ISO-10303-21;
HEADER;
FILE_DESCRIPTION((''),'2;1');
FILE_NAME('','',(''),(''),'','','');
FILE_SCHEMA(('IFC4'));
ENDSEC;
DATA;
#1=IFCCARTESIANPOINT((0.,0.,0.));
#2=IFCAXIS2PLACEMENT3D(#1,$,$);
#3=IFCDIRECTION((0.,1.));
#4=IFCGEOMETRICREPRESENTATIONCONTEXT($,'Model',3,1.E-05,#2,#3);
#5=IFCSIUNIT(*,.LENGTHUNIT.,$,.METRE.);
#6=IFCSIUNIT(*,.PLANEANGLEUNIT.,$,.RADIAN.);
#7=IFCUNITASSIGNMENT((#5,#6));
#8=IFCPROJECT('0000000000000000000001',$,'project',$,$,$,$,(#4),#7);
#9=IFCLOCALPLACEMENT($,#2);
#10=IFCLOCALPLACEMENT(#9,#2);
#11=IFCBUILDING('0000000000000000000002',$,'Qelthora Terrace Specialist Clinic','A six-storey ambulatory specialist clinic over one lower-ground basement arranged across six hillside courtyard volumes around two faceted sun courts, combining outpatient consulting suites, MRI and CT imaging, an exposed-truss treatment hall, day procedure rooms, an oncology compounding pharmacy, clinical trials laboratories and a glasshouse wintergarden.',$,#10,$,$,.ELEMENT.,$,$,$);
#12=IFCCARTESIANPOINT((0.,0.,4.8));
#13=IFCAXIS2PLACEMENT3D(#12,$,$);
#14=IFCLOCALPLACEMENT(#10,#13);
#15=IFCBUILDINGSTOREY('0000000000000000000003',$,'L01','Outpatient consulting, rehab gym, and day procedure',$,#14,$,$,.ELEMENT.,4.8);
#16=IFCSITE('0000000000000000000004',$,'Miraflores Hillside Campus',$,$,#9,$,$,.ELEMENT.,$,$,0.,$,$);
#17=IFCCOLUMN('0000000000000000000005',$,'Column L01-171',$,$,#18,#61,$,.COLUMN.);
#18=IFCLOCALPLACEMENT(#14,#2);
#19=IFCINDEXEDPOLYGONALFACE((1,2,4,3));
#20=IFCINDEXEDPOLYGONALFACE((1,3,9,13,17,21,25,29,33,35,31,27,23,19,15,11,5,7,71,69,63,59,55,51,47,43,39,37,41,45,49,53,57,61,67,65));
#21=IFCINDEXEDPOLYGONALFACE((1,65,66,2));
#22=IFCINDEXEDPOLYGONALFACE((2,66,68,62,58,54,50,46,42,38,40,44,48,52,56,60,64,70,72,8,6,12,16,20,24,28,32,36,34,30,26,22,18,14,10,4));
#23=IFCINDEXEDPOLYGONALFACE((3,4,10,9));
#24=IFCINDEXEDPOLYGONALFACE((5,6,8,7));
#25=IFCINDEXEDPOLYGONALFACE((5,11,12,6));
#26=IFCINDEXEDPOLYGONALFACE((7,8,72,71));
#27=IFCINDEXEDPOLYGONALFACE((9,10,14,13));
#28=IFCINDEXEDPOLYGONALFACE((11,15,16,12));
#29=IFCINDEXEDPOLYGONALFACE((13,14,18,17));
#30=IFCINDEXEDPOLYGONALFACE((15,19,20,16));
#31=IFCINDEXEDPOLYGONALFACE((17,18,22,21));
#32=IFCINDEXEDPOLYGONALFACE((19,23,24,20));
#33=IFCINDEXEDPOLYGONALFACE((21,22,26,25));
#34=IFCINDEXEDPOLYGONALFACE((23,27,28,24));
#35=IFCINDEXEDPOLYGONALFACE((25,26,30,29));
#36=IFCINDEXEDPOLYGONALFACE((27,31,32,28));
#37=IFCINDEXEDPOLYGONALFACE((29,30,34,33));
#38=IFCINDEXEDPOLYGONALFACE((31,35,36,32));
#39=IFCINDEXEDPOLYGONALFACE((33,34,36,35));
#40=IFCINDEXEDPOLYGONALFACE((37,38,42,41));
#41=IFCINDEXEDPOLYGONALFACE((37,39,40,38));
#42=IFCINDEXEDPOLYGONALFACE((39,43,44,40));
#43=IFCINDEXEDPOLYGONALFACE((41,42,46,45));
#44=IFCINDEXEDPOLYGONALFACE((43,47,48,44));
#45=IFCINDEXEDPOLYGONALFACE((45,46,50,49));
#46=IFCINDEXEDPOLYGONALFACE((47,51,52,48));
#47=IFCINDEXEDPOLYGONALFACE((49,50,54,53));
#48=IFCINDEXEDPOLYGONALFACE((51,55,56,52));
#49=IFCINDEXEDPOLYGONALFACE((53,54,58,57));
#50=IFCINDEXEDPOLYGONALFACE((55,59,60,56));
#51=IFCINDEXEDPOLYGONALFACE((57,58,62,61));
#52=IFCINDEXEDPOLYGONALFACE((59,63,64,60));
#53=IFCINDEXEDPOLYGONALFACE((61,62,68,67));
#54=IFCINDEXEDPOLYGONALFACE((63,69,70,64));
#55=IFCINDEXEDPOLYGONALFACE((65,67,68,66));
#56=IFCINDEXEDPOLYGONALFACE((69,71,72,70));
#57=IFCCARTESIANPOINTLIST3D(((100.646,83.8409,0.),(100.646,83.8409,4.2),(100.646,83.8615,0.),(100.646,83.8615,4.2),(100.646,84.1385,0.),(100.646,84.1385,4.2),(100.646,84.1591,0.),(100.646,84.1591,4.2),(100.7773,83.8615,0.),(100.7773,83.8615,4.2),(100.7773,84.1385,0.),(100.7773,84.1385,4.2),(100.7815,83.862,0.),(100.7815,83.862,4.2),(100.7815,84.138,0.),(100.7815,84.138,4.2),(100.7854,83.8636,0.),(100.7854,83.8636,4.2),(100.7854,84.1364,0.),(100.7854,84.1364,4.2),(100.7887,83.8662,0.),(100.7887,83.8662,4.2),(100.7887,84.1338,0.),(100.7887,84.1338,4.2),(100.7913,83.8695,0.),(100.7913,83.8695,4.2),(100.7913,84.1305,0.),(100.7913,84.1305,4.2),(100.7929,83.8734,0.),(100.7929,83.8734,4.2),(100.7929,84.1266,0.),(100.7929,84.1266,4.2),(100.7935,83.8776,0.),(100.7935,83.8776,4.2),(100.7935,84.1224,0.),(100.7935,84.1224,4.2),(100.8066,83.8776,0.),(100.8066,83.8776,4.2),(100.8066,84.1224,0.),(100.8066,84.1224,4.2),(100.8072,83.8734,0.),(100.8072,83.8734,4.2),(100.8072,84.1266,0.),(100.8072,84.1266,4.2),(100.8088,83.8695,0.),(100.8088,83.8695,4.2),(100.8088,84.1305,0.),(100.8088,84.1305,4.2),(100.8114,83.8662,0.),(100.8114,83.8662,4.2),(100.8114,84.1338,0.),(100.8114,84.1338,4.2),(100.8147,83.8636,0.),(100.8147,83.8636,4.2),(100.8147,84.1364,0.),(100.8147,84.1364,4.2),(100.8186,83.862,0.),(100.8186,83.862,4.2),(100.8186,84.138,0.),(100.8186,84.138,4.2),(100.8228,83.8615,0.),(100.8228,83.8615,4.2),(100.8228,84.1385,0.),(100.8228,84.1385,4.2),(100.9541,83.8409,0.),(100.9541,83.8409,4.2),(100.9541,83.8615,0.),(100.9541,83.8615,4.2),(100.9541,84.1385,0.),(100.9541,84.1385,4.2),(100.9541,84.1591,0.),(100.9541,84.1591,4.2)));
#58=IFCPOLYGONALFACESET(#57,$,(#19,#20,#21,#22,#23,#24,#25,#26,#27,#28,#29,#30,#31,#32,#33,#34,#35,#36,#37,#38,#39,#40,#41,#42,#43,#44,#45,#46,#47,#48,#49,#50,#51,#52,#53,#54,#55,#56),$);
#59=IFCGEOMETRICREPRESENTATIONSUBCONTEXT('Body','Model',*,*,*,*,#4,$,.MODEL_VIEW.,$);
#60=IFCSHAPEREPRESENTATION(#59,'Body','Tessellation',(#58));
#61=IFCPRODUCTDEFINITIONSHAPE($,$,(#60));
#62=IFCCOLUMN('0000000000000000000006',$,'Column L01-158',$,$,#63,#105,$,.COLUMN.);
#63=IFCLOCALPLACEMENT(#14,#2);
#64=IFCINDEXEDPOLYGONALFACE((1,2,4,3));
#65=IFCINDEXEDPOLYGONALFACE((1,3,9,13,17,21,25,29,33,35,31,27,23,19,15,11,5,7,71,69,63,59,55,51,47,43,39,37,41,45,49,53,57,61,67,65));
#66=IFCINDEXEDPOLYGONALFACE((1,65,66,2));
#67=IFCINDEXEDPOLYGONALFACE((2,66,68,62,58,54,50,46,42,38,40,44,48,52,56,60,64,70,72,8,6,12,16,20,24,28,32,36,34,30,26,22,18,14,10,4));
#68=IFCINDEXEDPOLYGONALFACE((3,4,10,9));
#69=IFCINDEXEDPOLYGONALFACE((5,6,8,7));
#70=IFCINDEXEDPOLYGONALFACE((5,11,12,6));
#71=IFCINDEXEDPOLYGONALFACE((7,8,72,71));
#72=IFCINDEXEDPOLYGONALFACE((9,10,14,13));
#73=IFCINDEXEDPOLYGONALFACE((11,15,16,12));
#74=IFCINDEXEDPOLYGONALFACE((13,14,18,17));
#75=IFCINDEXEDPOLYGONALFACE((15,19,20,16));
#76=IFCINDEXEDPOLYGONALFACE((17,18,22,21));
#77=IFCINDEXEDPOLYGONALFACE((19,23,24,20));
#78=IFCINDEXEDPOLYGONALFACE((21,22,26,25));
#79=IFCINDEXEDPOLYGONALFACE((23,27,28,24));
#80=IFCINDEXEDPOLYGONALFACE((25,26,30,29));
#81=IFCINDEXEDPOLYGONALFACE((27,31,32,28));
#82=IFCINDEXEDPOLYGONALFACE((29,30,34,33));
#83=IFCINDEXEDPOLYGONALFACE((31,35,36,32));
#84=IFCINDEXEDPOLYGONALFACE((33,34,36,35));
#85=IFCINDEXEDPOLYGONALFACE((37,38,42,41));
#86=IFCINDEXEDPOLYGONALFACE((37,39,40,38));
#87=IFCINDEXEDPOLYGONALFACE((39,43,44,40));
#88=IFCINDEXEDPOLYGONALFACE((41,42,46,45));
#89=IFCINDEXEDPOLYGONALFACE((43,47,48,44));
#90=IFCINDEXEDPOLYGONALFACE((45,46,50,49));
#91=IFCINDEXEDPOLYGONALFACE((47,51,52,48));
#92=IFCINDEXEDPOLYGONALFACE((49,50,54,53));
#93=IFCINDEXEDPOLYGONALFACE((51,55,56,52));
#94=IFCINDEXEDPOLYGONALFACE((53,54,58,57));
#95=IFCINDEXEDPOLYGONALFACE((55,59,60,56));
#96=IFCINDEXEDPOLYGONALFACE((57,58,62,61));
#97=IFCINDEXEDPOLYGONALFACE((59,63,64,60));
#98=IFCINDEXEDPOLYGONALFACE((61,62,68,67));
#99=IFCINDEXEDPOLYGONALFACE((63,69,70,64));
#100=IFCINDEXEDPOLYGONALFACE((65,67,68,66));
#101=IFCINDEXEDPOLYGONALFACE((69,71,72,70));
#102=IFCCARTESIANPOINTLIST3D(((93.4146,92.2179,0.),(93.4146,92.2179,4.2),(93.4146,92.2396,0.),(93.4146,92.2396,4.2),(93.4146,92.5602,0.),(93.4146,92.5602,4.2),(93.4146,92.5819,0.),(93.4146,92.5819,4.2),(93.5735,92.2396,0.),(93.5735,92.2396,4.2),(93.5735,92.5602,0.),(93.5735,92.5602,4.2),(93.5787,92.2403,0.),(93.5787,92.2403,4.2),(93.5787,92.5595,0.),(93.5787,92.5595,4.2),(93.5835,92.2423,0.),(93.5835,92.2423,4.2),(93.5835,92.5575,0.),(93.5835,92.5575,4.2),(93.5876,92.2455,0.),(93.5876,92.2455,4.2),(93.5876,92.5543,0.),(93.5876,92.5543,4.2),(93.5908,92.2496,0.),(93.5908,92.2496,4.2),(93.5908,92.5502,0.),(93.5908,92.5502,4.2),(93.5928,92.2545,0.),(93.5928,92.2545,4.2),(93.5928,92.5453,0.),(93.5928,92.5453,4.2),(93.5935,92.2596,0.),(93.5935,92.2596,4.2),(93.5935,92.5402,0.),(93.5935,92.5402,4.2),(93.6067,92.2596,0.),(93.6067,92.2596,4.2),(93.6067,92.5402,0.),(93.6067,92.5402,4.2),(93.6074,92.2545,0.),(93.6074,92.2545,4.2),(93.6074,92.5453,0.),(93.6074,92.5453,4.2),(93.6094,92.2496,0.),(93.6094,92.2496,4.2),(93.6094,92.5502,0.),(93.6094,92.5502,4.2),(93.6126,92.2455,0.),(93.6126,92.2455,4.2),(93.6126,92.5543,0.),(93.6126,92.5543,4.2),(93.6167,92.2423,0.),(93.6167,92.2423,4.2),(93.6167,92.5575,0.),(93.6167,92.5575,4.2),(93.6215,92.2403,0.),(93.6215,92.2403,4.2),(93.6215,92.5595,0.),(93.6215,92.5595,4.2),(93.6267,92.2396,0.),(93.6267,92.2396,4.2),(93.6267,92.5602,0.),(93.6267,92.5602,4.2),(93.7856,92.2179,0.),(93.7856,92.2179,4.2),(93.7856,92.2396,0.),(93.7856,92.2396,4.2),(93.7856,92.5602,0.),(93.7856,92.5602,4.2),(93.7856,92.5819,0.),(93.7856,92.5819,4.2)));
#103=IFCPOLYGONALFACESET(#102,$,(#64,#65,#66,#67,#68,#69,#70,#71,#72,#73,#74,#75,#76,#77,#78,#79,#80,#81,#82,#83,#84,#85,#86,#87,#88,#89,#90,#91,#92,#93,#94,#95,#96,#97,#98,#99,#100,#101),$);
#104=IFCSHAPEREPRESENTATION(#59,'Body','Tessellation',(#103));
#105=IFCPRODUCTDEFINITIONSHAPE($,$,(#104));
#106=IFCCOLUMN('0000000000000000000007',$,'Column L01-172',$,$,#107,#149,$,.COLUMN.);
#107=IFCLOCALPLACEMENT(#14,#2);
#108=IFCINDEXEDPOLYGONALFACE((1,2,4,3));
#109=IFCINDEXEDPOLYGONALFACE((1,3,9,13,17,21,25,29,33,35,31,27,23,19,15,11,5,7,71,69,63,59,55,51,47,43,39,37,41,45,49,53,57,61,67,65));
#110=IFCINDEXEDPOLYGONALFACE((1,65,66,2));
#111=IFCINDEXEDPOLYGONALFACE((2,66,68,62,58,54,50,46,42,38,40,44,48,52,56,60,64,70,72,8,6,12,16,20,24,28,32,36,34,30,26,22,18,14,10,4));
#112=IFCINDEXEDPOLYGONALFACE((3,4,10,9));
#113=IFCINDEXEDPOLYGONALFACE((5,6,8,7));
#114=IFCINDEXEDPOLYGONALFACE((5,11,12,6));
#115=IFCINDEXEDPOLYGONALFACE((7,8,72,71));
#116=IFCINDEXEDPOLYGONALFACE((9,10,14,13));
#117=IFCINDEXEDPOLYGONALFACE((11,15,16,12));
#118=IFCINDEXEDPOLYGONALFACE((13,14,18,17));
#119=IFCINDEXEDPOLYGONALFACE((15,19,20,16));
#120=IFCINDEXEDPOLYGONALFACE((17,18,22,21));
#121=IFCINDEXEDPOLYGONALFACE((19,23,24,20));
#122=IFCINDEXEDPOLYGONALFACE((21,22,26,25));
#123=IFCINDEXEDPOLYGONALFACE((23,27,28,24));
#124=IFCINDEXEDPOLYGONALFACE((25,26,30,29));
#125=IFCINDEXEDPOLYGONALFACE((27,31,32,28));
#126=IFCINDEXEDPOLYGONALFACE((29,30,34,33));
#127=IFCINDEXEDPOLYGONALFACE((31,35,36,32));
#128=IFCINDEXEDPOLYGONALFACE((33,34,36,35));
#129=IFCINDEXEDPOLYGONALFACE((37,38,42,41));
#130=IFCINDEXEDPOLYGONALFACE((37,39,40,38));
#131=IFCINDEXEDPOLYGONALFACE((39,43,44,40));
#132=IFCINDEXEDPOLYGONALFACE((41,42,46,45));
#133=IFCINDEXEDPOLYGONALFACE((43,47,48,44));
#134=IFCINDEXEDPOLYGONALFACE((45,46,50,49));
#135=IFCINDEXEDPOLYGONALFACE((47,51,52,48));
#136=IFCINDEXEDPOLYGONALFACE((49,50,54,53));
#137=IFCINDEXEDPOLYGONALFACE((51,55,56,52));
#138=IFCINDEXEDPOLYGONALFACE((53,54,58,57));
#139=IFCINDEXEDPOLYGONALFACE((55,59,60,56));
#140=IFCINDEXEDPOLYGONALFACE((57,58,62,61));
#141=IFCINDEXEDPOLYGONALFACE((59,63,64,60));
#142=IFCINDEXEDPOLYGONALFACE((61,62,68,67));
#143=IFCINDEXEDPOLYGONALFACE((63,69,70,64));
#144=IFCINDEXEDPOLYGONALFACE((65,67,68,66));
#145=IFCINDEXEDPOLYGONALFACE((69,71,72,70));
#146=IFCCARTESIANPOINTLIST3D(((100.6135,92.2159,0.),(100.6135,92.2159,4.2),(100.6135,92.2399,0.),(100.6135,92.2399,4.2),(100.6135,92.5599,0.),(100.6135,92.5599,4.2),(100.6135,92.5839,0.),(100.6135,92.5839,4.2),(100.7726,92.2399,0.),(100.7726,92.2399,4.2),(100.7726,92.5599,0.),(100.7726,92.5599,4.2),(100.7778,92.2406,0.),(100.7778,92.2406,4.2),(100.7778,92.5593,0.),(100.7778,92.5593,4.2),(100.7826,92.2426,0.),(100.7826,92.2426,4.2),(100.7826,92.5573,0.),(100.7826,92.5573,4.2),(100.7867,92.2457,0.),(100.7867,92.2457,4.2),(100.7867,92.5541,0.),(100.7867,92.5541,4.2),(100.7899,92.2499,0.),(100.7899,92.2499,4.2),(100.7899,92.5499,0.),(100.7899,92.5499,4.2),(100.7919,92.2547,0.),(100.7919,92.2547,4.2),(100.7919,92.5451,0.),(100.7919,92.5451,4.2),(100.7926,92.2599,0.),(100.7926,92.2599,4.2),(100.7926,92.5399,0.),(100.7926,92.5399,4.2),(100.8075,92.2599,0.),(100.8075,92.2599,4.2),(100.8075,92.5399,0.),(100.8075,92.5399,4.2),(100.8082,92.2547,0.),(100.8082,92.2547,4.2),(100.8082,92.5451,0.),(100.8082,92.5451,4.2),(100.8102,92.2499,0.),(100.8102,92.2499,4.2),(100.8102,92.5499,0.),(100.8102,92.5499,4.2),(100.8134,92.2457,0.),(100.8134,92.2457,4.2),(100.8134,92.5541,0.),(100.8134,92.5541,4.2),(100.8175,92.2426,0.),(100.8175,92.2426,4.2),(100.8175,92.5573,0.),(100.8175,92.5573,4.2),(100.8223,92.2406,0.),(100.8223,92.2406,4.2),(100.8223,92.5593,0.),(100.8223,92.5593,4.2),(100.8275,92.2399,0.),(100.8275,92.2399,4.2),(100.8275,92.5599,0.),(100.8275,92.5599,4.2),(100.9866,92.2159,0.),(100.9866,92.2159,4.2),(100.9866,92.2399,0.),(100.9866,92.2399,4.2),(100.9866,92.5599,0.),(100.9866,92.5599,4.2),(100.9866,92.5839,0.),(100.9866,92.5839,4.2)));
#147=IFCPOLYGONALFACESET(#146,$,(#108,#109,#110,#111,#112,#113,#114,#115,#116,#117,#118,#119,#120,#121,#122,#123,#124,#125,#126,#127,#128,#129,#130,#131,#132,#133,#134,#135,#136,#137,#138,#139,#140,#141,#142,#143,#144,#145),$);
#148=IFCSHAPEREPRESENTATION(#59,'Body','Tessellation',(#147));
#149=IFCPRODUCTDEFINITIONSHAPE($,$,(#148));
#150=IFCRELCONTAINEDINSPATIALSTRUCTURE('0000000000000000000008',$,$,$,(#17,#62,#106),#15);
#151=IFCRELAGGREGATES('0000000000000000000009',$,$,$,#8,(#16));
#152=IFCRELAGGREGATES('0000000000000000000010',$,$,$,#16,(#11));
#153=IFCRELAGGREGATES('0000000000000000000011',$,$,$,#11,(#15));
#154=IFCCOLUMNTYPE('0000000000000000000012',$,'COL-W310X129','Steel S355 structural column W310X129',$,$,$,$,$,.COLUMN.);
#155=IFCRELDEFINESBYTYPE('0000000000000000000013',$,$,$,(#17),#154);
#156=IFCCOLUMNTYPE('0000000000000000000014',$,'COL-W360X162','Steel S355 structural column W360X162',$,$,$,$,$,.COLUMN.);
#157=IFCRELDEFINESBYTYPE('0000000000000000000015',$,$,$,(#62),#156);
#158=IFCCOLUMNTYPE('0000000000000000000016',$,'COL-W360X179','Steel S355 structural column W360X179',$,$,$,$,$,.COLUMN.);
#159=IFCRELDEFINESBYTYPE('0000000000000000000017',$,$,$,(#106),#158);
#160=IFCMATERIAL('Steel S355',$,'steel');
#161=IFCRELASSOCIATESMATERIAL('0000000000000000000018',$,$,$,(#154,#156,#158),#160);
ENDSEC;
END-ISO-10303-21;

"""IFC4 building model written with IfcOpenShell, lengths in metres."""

from ifc_helpers import new_model, si_unit, direction, frame, origin, origin_2d, place, context, subcontext, project, spatial, i_section, extrude, material, material_profile, profile_set, type_object, element, save


model = new_model("IFC4")

# Units and contexts
model_context = context("Model", 3, precision=1e-05, world=origin(), true_north=direction((0.0, 1.0)))
body_context = subcontext(model_context, "Body", "Model", "MODEL_VIEW")
ifc_project = project(units=[si_unit("LENGTHUNIT", "METRE"), si_unit("PLANEANGLEUNIT", "RADIAN")], contexts=[model_context])

# Site, building, storey
site_placement = place(None, origin())
site = spatial("IfcSite", under=ifc_project, at=site_placement, Name="Miraflores Hillside Campus", CompositionType="ELEMENT", RefElevation=0.0)
building_placement = place(site_placement, origin())
building = spatial("IfcBuilding", under=site, at=building_placement, Name="Qelthora Terrace Specialist Clinic", Description="A six-storey ambulatory specialist clinic over one lower-ground basement arranged across six hillside courtyard volumes around two faceted sun courts, combining outpatient consulting suites, MRI and CT imaging, an exposed-truss treatment hall, day procedure rooms, an oncology compounding pharmacy, clinical trials laboratories and a glasshouse wintergarden.", CompositionType="ELEMENT")
storey_placement = place(building_placement, frame((0.0, 0.0, 4.8)))
storey = spatial("IfcBuildingStorey", under=building, at=storey_placement, Name="L01", Description="Outpatient consulting, rehab gym, and day procedure", CompositionType="ELEMENT", Elevation=4.8)

# Columns
ifc_material_1 = material(Name="Steel S355", Category="steel")
ifc_material_profile_1 = material_profile(ifc_material_1, i_section(OverallWidth=0.3081, OverallDepth=0.3181, WebThickness=0.0132, FlangeThickness=0.0205, FilletRadius=0.0161, at=origin_2d()), Name="W310X129")
ifc_profile_set_1 = profile_set([ifc_material_profile_1], Name="Steel S355")
column_type_1 = type_object("IfcColumnType", Name="COL-W310X129", Description="Steel S355 structural column W310X129", PredefinedType="COLUMN", material=ifc_profile_set_1)
column_1_placement = place(storey_placement, frame((100.8, 84.0, 0.0), z_axis=(0.0, 0.0, 1.0), x_axis=(1.0, 0.0, 0.0)))
element("IfcColumn", 1, at=column_1_placement, inside=storey, type_object=column_type_1, Name="Column L01-171", PredefinedType="COLUMN", context=body_context, shape_type="SweptSolid", body=[
    extrude(i_section(OverallWidth=0.3081, OverallDepth=0.3181, WebThickness=0.0132, FlangeThickness=0.0205, FilletRadius=0.0161, at=origin_2d()), origin(), (0.0, 0.0, 1.0), 4.2),
])
ifc_material_profile_2 = material_profile(ifc_material_1, i_section(OverallWidth=0.3711, OverallDepth=0.364, WebThickness=0.0132, FlangeThickness=0.0217, FilletRadius=0.02, at=origin_2d()), Name="W360X162")
ifc_profile_set_2 = profile_set([ifc_material_profile_2], Name="Steel S355")
column_type_2 = type_object("IfcColumnType", Name="COL-W360X162", Description="Steel S355 structural column W360X162", PredefinedType="COLUMN", material=ifc_profile_set_2)
column_2_placement = place(storey_placement, frame((93.6001, 92.3999, 0.0), z_axis=(0.0, 0.0, 1.0), x_axis=(1.0, 0.0, 0.0)))
element("IfcColumn", 2, at=column_2_placement, inside=storey, type_object=column_type_2, Name="Column L01-158", PredefinedType="COLUMN", context=body_context, shape_type="SweptSolid", body=[
    extrude(i_section(OverallWidth=0.3711, OverallDepth=0.364, WebThickness=0.0132, FlangeThickness=0.0217, FilletRadius=0.02, at=origin_2d()), origin(), (0.0, 0.0, 1.0), 4.2),
])
ifc_material_profile_3 = material_profile(ifc_material_1, i_section(OverallWidth=0.373, OverallDepth=0.3679, WebThickness=0.0149, FlangeThickness=0.0239, FilletRadius=0.02, at=origin_2d()), Name="W360X179")
ifc_profile_set_3 = profile_set([ifc_material_profile_3], Name="Steel S355")
column_type_3 = type_object("IfcColumnType", Name="COL-W360X179", Description="Steel S355 structural column W360X179", PredefinedType="COLUMN", material=ifc_profile_set_3)
column_3_placement = place(storey_placement, frame((100.8, 92.3999, 0.0), z_axis=(0.0, 0.0, 1.0), x_axis=(1.0, 0.0, 0.0)))
element("IfcColumn", 3, at=column_3_placement, inside=storey, type_object=column_type_3, Name="Column L01-172", PredefinedType="COLUMN", context=body_context, shape_type="SweptSolid", body=[
    extrude(i_section(OverallWidth=0.373, OverallDepth=0.3679, WebThickness=0.0149, FlangeThickness=0.0239, FilletRadius=0.02, at=origin_2d()), origin(), (0.0, 0.0, 1.0), 4.2),
])

save(model, "model.ifc")
